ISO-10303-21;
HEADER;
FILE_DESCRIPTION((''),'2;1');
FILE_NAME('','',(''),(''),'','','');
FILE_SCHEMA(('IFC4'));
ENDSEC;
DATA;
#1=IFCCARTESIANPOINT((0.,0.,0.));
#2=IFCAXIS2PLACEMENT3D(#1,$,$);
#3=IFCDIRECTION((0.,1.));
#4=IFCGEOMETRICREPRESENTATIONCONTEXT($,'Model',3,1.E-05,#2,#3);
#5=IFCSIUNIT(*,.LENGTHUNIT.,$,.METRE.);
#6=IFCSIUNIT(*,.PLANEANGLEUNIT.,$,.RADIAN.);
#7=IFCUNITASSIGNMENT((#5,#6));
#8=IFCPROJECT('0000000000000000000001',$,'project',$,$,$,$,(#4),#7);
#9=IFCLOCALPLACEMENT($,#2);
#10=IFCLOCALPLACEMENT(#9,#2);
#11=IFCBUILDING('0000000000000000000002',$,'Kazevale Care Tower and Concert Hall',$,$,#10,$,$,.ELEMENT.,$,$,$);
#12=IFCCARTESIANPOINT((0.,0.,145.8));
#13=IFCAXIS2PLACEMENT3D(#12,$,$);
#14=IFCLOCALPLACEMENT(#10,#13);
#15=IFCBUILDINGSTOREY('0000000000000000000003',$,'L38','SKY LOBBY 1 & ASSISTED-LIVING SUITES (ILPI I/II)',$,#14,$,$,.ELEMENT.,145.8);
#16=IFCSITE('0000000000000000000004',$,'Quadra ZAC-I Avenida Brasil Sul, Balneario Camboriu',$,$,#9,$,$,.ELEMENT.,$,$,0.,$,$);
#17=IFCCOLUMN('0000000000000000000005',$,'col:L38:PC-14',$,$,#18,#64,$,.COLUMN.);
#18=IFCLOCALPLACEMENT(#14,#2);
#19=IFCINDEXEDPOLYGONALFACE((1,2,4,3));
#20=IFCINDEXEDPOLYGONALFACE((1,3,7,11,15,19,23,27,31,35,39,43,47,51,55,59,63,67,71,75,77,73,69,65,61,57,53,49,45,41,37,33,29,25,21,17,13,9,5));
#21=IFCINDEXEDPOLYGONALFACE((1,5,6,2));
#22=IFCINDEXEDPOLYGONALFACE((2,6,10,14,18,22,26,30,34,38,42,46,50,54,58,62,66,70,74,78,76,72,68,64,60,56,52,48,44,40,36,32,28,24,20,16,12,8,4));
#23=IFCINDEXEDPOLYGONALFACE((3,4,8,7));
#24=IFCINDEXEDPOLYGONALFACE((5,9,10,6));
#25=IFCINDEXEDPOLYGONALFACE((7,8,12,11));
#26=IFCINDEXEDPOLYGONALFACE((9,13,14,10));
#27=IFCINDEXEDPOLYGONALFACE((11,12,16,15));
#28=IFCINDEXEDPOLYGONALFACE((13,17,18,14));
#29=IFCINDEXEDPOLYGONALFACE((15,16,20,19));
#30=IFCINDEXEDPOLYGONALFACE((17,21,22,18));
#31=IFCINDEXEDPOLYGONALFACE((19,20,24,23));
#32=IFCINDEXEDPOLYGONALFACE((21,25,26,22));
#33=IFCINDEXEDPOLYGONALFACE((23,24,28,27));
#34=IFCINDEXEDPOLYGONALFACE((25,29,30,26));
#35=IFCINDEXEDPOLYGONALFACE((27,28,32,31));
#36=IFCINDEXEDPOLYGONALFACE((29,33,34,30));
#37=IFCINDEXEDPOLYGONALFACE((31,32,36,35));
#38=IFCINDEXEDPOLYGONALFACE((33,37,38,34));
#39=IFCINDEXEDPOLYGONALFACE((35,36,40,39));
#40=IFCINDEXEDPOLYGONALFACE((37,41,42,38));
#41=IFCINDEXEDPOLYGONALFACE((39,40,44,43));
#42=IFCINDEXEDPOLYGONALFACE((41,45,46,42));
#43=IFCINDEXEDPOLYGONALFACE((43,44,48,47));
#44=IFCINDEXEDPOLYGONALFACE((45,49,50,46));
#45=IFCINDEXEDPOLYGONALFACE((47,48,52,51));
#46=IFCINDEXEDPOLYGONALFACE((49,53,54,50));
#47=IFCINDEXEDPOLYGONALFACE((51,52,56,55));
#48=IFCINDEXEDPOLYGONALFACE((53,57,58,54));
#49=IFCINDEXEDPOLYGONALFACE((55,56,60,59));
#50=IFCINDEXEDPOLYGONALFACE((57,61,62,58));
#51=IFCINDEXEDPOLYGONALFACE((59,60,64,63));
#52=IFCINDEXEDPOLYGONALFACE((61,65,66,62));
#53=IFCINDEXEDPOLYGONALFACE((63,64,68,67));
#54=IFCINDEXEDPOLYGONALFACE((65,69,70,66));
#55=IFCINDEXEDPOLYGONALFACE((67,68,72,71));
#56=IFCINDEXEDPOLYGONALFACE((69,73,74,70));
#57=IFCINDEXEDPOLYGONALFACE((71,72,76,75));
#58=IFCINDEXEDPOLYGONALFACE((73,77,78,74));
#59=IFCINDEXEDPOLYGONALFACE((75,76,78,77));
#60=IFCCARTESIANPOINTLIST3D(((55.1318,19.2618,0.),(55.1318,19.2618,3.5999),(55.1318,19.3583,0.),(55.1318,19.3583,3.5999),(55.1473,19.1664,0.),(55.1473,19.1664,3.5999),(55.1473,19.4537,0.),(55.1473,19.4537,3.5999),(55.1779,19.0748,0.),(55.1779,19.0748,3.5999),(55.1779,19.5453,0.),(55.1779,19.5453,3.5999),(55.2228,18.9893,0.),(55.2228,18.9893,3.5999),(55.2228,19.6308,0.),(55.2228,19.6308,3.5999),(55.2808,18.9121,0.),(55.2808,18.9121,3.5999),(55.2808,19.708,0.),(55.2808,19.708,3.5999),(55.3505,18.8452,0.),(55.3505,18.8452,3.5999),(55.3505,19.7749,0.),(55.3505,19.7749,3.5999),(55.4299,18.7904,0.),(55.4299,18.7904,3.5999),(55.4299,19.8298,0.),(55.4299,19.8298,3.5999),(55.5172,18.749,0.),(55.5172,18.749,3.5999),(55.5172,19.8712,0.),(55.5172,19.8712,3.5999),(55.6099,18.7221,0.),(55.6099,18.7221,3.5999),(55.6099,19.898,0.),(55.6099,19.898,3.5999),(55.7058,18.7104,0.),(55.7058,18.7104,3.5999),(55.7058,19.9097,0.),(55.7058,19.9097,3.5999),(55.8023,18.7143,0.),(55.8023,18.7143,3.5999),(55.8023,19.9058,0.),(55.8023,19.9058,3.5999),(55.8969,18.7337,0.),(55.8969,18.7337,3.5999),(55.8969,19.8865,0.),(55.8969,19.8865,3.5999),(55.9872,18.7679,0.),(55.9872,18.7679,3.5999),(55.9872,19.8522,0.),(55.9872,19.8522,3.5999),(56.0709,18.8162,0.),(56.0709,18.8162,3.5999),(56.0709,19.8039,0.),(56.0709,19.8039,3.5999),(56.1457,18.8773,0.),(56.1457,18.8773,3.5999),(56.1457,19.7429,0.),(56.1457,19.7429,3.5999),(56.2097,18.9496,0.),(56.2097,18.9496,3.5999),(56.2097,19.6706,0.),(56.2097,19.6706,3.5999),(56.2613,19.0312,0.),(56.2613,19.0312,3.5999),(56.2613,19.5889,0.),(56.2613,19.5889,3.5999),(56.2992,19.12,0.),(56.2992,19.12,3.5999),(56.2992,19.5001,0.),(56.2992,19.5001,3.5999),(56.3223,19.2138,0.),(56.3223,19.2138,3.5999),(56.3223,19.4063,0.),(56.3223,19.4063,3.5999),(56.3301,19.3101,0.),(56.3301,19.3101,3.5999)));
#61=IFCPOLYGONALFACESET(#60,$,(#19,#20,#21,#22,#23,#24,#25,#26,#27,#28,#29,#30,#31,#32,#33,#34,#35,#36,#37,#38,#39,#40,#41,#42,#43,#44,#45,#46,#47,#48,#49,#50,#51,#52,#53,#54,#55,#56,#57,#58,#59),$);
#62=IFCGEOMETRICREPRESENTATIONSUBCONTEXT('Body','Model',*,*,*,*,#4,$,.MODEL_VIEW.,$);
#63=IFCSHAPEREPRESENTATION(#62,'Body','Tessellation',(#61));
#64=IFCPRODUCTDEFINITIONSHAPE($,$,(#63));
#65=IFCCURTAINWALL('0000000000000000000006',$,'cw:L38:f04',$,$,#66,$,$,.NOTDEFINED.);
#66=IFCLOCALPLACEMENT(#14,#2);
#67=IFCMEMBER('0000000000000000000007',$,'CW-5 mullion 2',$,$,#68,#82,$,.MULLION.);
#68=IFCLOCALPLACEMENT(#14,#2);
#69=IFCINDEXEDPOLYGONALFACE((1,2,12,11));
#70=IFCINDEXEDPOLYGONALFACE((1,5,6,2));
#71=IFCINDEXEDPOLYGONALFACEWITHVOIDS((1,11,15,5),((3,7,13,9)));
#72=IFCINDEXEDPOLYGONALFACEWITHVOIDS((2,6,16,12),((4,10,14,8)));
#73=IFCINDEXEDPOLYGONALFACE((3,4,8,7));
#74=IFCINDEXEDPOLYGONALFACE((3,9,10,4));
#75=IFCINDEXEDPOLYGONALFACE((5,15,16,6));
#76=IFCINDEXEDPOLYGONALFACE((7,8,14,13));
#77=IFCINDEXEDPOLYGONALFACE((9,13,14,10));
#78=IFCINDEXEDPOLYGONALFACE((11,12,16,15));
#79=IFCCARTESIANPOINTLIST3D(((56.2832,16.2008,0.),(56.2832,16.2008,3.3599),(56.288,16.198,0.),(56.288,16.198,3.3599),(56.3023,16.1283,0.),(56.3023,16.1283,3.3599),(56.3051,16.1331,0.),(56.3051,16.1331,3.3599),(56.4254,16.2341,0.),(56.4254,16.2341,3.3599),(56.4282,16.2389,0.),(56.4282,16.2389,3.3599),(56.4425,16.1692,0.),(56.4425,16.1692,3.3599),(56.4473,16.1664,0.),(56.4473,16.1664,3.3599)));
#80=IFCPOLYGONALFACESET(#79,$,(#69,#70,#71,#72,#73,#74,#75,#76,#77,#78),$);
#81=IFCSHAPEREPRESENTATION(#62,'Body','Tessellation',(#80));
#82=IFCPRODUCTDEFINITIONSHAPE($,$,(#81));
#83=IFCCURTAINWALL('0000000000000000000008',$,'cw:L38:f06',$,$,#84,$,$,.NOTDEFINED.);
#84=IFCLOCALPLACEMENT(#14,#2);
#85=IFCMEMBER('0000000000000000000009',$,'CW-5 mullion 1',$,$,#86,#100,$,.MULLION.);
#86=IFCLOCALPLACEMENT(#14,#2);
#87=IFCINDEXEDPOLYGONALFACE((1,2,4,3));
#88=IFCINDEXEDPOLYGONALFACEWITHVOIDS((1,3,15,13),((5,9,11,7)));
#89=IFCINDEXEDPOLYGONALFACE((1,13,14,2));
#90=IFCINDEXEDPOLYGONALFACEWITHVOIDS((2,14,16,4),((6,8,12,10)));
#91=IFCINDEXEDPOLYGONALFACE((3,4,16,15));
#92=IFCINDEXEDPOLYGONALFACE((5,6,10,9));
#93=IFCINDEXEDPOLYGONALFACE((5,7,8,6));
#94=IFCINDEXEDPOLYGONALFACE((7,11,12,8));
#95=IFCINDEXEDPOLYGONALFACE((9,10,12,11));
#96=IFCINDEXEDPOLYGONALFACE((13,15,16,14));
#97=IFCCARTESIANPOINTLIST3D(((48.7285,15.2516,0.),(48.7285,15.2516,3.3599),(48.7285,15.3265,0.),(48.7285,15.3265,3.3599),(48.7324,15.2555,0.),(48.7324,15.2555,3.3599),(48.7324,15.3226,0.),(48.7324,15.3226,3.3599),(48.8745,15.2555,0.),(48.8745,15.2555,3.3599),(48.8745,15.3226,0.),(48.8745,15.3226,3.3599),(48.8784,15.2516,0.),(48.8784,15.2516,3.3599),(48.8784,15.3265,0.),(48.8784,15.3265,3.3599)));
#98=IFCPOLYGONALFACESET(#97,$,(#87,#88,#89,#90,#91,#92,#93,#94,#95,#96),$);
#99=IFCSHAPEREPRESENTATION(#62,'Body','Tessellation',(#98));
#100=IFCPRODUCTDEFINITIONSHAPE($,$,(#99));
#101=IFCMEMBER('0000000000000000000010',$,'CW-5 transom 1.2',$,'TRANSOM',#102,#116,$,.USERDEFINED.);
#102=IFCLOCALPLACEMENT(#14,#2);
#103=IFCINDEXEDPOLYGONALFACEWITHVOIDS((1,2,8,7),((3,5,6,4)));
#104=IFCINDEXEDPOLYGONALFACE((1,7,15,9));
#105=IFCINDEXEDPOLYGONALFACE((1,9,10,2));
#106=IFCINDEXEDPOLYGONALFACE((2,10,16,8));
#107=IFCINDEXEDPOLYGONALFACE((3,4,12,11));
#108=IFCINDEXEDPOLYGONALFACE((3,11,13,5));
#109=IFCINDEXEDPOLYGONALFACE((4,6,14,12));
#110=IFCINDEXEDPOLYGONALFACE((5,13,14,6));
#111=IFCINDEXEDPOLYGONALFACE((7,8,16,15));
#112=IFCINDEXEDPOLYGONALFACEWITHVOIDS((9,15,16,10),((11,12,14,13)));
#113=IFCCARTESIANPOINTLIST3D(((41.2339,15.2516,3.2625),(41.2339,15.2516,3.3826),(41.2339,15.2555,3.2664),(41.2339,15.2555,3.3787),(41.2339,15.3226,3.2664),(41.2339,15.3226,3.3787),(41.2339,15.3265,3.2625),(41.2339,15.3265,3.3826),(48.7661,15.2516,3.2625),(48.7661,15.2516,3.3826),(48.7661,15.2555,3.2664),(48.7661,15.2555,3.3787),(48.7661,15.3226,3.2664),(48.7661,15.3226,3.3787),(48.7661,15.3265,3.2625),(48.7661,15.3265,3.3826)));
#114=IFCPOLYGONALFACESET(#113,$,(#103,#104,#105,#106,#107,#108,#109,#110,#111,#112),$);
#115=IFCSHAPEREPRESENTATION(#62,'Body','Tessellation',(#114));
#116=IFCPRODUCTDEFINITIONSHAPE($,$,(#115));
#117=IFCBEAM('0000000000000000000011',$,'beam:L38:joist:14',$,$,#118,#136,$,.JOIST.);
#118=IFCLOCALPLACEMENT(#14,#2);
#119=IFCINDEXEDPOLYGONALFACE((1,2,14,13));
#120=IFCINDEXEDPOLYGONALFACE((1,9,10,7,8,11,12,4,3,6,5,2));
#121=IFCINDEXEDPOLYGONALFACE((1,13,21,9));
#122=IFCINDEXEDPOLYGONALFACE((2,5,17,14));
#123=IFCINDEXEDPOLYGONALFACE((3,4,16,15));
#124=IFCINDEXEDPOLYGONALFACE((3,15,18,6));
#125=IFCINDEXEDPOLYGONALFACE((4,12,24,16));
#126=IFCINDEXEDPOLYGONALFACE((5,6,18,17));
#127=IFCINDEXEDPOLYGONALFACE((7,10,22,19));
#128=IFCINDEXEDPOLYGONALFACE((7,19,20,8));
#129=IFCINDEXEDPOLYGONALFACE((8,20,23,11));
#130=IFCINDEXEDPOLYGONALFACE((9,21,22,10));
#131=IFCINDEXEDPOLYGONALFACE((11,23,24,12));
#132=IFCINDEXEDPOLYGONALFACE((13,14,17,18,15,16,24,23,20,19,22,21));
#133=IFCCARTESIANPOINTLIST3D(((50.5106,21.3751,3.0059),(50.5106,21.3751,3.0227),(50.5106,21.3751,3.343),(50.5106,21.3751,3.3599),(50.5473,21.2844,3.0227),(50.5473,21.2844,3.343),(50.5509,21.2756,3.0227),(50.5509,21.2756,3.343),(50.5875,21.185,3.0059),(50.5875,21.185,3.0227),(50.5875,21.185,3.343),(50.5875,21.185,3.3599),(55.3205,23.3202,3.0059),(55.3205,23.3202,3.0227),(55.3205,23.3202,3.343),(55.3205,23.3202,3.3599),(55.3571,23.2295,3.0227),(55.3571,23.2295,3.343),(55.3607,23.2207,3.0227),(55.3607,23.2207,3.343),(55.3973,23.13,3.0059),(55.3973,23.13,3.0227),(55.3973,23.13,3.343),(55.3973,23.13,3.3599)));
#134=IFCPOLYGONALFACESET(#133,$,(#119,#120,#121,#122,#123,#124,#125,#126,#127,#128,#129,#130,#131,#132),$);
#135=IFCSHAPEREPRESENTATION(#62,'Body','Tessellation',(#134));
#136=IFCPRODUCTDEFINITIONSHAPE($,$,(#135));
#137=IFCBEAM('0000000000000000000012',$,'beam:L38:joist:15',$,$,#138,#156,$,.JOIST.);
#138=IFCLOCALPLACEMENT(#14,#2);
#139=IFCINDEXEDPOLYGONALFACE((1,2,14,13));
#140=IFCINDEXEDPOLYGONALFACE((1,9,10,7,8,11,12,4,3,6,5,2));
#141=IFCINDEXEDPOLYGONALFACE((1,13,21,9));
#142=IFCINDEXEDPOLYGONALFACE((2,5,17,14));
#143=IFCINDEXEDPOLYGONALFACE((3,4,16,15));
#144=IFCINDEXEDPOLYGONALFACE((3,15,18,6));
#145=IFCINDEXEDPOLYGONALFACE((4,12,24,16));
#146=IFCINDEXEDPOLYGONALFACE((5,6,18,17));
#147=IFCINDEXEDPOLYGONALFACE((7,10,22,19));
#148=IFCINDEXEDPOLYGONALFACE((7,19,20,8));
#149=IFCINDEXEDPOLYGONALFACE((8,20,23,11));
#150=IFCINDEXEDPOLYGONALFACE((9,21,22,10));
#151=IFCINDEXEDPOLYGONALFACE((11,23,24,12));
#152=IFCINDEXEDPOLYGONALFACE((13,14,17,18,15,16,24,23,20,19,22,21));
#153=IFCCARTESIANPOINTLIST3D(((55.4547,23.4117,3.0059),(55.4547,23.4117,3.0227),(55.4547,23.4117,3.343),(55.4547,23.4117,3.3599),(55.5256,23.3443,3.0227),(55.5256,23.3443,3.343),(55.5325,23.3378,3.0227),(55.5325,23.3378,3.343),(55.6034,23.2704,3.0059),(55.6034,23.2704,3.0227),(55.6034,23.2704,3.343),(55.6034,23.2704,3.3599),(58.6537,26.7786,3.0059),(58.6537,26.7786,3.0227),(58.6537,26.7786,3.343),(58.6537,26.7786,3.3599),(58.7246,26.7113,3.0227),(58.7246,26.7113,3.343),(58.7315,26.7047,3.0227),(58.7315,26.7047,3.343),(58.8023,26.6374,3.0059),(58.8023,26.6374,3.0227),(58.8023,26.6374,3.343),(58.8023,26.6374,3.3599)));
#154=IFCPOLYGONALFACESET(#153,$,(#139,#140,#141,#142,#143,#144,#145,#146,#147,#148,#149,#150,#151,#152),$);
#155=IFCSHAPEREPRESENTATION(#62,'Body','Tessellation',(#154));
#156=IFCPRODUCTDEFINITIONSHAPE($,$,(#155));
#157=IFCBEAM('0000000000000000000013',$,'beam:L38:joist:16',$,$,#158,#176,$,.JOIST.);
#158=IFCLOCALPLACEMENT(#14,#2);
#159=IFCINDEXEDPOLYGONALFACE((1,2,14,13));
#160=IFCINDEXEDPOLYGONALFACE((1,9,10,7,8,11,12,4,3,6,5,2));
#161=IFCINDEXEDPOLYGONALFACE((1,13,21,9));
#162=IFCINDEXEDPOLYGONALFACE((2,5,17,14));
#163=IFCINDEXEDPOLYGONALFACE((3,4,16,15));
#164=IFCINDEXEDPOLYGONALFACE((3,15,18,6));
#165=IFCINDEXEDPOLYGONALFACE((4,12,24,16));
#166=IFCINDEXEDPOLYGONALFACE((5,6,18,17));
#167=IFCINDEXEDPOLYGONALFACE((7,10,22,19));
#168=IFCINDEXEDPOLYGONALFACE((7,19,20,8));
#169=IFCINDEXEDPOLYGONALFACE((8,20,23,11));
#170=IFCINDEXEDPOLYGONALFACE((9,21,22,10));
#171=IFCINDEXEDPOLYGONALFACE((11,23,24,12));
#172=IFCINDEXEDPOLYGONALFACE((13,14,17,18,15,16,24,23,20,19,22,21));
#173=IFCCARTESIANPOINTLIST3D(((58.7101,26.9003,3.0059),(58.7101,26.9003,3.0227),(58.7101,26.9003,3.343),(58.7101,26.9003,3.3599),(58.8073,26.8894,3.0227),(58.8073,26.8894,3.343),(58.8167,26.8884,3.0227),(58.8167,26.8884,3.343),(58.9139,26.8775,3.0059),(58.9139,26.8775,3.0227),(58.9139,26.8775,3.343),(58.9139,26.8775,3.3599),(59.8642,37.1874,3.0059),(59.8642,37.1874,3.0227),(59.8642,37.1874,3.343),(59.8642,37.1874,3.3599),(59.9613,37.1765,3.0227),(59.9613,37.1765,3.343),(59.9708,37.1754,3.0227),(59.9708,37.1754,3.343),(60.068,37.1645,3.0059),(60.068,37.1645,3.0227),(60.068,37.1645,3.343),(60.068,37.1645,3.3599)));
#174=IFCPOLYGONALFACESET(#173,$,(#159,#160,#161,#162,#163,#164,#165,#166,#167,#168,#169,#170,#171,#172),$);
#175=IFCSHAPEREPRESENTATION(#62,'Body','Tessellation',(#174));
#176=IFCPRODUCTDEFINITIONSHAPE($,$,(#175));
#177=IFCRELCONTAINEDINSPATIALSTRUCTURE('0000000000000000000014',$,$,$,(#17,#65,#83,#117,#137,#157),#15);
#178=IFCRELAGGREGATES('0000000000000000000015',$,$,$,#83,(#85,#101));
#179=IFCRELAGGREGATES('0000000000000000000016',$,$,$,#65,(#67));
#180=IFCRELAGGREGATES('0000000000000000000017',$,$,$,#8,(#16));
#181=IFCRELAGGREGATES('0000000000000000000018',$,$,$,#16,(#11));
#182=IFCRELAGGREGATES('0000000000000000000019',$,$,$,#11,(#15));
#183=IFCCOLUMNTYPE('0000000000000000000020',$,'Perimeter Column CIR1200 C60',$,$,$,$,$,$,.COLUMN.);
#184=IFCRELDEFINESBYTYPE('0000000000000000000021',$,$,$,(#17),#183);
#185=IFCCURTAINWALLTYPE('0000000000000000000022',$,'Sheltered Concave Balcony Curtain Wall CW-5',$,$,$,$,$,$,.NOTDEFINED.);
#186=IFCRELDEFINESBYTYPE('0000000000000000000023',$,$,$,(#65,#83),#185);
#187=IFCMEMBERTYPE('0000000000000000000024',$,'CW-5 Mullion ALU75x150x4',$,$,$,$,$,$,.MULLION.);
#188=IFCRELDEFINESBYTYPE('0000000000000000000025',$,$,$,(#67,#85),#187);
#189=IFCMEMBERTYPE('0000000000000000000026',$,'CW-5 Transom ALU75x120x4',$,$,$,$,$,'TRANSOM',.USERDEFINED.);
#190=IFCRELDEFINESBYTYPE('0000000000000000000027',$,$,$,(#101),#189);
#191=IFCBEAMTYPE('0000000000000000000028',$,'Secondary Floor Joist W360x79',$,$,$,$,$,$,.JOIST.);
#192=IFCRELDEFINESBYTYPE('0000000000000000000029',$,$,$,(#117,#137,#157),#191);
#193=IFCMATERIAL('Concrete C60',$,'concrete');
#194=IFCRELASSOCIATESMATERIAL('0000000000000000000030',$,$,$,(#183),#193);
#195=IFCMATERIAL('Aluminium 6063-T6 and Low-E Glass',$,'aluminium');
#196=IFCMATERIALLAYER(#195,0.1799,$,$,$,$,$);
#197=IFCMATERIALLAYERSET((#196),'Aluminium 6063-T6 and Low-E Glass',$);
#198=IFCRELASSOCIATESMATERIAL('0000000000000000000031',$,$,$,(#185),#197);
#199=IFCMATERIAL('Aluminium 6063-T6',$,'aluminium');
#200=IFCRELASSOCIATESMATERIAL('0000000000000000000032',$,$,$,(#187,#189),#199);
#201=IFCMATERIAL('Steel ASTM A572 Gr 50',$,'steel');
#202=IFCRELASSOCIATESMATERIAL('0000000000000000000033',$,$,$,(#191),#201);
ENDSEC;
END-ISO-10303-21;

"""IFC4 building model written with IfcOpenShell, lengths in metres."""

from ifc_helpers import new_model, si_unit, direction, frame, origin, origin_2d, place, context, subcontext, project, spatial, hollow_rectangle, circle, i_section, extrude, material, layer, layer_set, material_profile, profile_set, type_object, element, aggregate, save


model = new_model("IFC4")

# Units and contexts
model_context = context("Model", 3, precision=1e-05, world=origin(), true_north=direction((0.0, 1.0)))
body_context = subcontext(model_context, "Body", "Model", "MODEL_VIEW")
ifc_project = project(units=[si_unit("LENGTHUNIT", "METRE"), si_unit("PLANEANGLEUNIT", "RADIAN")], contexts=[model_context])

# Site, building, storey
site_placement = place(None, origin())
site = spatial("IfcSite", under=ifc_project, at=site_placement, Name="Quadra ZAC-I Avenida Brasil Sul, Balneario Camboriu", CompositionType="ELEMENT", RefElevation=0.0)
building_placement = place(site_placement, origin())
building = spatial("IfcBuilding", under=site, at=building_placement, Name="Kazevale Care Tower and Concert Hall", CompositionType="ELEMENT")
storey_placement = place(building_placement, frame((0.0, 0.0, 145.8)))
storey = spatial("IfcBuildingStorey", under=building, at=storey_placement, Name="L38", Description="SKY LOBBY 1 & ASSISTED-LIVING SUITES (ILPI I/II)", CompositionType="ELEMENT", Elevation=145.8)

# Column
ifc_material_1 = material(Name="Concrete C60", Category="concrete")
ifc_material_profile_1 = material_profile(ifc_material_1, circle(Radius=0.6001, at=origin_2d()), Name="RC-CIR1200")
ifc_profile_set_1 = profile_set([ifc_material_profile_1], Name="Concrete C60")
column_type = type_object("IfcColumnType", Name="Perimeter Column CIR1200 C60", PredefinedType="COLUMN", material=ifc_profile_set_1)
column_placement = place(storey_placement, frame((55.73, 19.3101, 0.0), z_axis=(0.0, 0.0, 1.0), x_axis=(1.0, 0.0, 0.0)))
element("IfcColumn", 1, at=column_placement, inside=storey, type_object=column_type, Name="col:L38:PC-14", PredefinedType="COLUMN", context=body_context, shape_type="SweptSolid", body=[
    extrude(circle(Radius=0.6001, at=origin_2d()), origin(), (0.0, 0.0, 1.0), 3.5999),
])

# Curtain wall, member
ifc_material_2 = material(Name="Aluminium 6063-T6 and Low-E Glass", Category="aluminium")
ifc_layer_1 = layer(ifc_material_2, 0.1799)
ifc_layer_set_1 = layer_set([ifc_layer_1], Name="Aluminium 6063-T6 and Low-E Glass")
curtain_wall_type = type_object("IfcCurtainWallType", Name="Sheltered Concave Balcony Curtain Wall CW-5", PredefinedType="NOTDEFINED", material=ifc_layer_set_1)
curtain_wall_1_placement = place(storey_placement, origin())
curtain_wall_1 = element("IfcCurtainWall", 2, at=curtain_wall_1_placement, inside=storey, type_object=curtain_wall_type, Name="cw:L38:f04", PredefinedType="NOTDEFINED")
ifc_material_3 = material(Name="Aluminium 6063-T6", Category="aluminium")
ifc_material_profile_2 = material_profile(ifc_material_3, hollow_rectangle(XDim=0.075, YDim=0.1499, WallThickness=0.0039, at=origin_2d()), Name="ALU75x150x4")
ifc_profile_set_2 = profile_set([ifc_material_profile_2], Name="Aluminium 6063-T6")
member_type_1 = type_object("IfcMemberType", Name="CW-5 Mullion ALU75x150x4", PredefinedType="MULLION", material=ifc_profile_set_2)
member_1_placement = place(storey_placement, frame((56.3652, 16.1836, 0.0), z_axis=(0.0, 0.0, 1.0), x_axis=(0.254238, -0.967142, 0.0)))
member_1 = element("IfcMember", 3, at=member_1_placement, type_object=member_type_1, Name="CW-5 mullion 2", PredefinedType="MULLION", context=body_context, shape_type="SweptSolid", body=[
    extrude(hollow_rectangle(XDim=0.075, YDim=0.1499, WallThickness=0.0039, at=origin_2d()), origin(), (0.0, 0.0, 1.0), 3.3599),
])

# Curtain wall, members
curtain_wall_2_placement = place(storey_placement, origin())
curtain_wall_2 = element("IfcCurtainWall", 4, at=curtain_wall_2_placement, inside=storey, type_object=curtain_wall_type, Name="cw:L38:f06", PredefinedType="NOTDEFINED")
member_2_placement = place(storey_placement, frame((48.8035, 15.2891, 0.0), z_axis=(0.0, 0.0, 1.0), x_axis=(0.0, -1.0, 0.0)))
member_2 = element("IfcMember", 5, at=member_2_placement, type_object=member_type_1, Name="CW-5 mullion 1", PredefinedType="MULLION", context=body_context, shape_type="SweptSolid", body=[
    extrude(hollow_rectangle(XDim=0.075, YDim=0.1499, WallThickness=0.0039, at=origin_2d()), origin(), (0.0, 0.0, 1.0), 3.3599),
])
ifc_material_profile_3 = material_profile(ifc_material_3, hollow_rectangle(XDim=0.075, YDim=0.1201, WallThickness=0.0039, at=origin_2d()), Name="ALU75x120x4")
ifc_profile_set_3 = profile_set([ifc_material_profile_3], Name="Aluminium 6063-T6")
member_type_2 = type_object("IfcMemberType", Name="CW-5 Transom ALU75x120x4", ElementType="TRANSOM", PredefinedType="USERDEFINED", material=ifc_profile_set_3)
member_3_placement = place(storey_placement, frame((48.7661, 15.2891, 3.3225), z_axis=(-1.0, 0.0, 0.0), x_axis=(0.0, -1.0, 0.0)))
member_3 = element("IfcMember", 6, at=member_3_placement, type_object=member_type_2, Name="CW-5 transom 1.2", ObjectType="TRANSOM", PredefinedType="USERDEFINED", context=body_context, shape_type="SweptSolid", body=[
    extrude(hollow_rectangle(XDim=0.075, YDim=0.1201, WallThickness=0.0039, at=origin_2d()), origin(), (0.0, 0.0, 1.0), 7.5322),
])
aggregate(curtain_wall_2, [member_2, member_3])

# Beams
ifc_material_4 = material(Name="Steel ASTM A572 Gr 50", Category="steel")
ifc_material_profile_4 = material_profile(ifc_material_4, i_section(OverallWidth=0.2051, OverallDepth=0.354, WebThickness=0.0095, FlangeThickness=0.0168, at=origin_2d()), Name="W360x79")
ifc_profile_set_4 = profile_set([ifc_material_profile_4], Name="Steel ASTM A572 Gr 50")
beam_type_1 = type_object("IfcBeamType", Name="Secondary Floor Joist W360x79", PredefinedType="JOIST", material=ifc_profile_set_4)
beam_1_placement = place(storey_placement, frame((50.5491, 21.28, 3.1829), z_axis=(0.927065, 0.374901, 0.0), x_axis=(-0.374901, 0.927065, 0.0)))
element("IfcBeam", 7, at=beam_1_placement, inside=storey, type_object=beam_type_1, Name="beam:L38:joist:14", PredefinedType="JOIST", context=body_context, shape_type="SweptSolid", body=[
    extrude(i_section(OverallWidth=0.2051, OverallDepth=0.354, WebThickness=0.0095, FlangeThickness=0.0168, at=origin_2d()), origin(), (0.0, 0.0, 1.0), 5.1882),
])
beam_2_placement = place(storey_placement, frame((55.5291, 23.3411, 3.1829), z_axis=(0.688792, 0.724959, 0.0), x_axis=(-0.724959, 0.688792, 0.0)))
element("IfcBeam", 8, at=beam_2_placement, inside=storey, type_object=beam_type_1, Name="beam:L38:joist:15", PredefinedType="JOIST", context=body_context, shape_type="SweptSolid", body=[
    extrude(i_section(OverallWidth=0.2051, OverallDepth=0.354, WebThickness=0.0095, FlangeThickness=0.0168, at=origin_2d()), origin(), (0.0, 0.0, 1.0), 4.6443),
])
beam_3_placement = place(storey_placement, frame((58.812, 26.8889, 3.1829), z_axis=(0.111485, 0.993766, 0.0), x_axis=(-0.993766, 0.111485, 0.0)))
element("IfcBeam", 9, at=beam_3_placement, inside=storey, type_object=beam_type_1, Name="beam:L38:joist:16", PredefinedType="JOIST", context=body_context, shape_type="SweptSolid", body=[
    extrude(i_section(OverallWidth=0.2051, OverallDepth=0.354, WebThickness=0.0095, FlangeThickness=0.0168, at=origin_2d()), origin(), (0.0, 0.0, 1.0), 10.3516),
])

aggregate(curtain_wall_1, [member_1])

save(model, "model.ifc")
